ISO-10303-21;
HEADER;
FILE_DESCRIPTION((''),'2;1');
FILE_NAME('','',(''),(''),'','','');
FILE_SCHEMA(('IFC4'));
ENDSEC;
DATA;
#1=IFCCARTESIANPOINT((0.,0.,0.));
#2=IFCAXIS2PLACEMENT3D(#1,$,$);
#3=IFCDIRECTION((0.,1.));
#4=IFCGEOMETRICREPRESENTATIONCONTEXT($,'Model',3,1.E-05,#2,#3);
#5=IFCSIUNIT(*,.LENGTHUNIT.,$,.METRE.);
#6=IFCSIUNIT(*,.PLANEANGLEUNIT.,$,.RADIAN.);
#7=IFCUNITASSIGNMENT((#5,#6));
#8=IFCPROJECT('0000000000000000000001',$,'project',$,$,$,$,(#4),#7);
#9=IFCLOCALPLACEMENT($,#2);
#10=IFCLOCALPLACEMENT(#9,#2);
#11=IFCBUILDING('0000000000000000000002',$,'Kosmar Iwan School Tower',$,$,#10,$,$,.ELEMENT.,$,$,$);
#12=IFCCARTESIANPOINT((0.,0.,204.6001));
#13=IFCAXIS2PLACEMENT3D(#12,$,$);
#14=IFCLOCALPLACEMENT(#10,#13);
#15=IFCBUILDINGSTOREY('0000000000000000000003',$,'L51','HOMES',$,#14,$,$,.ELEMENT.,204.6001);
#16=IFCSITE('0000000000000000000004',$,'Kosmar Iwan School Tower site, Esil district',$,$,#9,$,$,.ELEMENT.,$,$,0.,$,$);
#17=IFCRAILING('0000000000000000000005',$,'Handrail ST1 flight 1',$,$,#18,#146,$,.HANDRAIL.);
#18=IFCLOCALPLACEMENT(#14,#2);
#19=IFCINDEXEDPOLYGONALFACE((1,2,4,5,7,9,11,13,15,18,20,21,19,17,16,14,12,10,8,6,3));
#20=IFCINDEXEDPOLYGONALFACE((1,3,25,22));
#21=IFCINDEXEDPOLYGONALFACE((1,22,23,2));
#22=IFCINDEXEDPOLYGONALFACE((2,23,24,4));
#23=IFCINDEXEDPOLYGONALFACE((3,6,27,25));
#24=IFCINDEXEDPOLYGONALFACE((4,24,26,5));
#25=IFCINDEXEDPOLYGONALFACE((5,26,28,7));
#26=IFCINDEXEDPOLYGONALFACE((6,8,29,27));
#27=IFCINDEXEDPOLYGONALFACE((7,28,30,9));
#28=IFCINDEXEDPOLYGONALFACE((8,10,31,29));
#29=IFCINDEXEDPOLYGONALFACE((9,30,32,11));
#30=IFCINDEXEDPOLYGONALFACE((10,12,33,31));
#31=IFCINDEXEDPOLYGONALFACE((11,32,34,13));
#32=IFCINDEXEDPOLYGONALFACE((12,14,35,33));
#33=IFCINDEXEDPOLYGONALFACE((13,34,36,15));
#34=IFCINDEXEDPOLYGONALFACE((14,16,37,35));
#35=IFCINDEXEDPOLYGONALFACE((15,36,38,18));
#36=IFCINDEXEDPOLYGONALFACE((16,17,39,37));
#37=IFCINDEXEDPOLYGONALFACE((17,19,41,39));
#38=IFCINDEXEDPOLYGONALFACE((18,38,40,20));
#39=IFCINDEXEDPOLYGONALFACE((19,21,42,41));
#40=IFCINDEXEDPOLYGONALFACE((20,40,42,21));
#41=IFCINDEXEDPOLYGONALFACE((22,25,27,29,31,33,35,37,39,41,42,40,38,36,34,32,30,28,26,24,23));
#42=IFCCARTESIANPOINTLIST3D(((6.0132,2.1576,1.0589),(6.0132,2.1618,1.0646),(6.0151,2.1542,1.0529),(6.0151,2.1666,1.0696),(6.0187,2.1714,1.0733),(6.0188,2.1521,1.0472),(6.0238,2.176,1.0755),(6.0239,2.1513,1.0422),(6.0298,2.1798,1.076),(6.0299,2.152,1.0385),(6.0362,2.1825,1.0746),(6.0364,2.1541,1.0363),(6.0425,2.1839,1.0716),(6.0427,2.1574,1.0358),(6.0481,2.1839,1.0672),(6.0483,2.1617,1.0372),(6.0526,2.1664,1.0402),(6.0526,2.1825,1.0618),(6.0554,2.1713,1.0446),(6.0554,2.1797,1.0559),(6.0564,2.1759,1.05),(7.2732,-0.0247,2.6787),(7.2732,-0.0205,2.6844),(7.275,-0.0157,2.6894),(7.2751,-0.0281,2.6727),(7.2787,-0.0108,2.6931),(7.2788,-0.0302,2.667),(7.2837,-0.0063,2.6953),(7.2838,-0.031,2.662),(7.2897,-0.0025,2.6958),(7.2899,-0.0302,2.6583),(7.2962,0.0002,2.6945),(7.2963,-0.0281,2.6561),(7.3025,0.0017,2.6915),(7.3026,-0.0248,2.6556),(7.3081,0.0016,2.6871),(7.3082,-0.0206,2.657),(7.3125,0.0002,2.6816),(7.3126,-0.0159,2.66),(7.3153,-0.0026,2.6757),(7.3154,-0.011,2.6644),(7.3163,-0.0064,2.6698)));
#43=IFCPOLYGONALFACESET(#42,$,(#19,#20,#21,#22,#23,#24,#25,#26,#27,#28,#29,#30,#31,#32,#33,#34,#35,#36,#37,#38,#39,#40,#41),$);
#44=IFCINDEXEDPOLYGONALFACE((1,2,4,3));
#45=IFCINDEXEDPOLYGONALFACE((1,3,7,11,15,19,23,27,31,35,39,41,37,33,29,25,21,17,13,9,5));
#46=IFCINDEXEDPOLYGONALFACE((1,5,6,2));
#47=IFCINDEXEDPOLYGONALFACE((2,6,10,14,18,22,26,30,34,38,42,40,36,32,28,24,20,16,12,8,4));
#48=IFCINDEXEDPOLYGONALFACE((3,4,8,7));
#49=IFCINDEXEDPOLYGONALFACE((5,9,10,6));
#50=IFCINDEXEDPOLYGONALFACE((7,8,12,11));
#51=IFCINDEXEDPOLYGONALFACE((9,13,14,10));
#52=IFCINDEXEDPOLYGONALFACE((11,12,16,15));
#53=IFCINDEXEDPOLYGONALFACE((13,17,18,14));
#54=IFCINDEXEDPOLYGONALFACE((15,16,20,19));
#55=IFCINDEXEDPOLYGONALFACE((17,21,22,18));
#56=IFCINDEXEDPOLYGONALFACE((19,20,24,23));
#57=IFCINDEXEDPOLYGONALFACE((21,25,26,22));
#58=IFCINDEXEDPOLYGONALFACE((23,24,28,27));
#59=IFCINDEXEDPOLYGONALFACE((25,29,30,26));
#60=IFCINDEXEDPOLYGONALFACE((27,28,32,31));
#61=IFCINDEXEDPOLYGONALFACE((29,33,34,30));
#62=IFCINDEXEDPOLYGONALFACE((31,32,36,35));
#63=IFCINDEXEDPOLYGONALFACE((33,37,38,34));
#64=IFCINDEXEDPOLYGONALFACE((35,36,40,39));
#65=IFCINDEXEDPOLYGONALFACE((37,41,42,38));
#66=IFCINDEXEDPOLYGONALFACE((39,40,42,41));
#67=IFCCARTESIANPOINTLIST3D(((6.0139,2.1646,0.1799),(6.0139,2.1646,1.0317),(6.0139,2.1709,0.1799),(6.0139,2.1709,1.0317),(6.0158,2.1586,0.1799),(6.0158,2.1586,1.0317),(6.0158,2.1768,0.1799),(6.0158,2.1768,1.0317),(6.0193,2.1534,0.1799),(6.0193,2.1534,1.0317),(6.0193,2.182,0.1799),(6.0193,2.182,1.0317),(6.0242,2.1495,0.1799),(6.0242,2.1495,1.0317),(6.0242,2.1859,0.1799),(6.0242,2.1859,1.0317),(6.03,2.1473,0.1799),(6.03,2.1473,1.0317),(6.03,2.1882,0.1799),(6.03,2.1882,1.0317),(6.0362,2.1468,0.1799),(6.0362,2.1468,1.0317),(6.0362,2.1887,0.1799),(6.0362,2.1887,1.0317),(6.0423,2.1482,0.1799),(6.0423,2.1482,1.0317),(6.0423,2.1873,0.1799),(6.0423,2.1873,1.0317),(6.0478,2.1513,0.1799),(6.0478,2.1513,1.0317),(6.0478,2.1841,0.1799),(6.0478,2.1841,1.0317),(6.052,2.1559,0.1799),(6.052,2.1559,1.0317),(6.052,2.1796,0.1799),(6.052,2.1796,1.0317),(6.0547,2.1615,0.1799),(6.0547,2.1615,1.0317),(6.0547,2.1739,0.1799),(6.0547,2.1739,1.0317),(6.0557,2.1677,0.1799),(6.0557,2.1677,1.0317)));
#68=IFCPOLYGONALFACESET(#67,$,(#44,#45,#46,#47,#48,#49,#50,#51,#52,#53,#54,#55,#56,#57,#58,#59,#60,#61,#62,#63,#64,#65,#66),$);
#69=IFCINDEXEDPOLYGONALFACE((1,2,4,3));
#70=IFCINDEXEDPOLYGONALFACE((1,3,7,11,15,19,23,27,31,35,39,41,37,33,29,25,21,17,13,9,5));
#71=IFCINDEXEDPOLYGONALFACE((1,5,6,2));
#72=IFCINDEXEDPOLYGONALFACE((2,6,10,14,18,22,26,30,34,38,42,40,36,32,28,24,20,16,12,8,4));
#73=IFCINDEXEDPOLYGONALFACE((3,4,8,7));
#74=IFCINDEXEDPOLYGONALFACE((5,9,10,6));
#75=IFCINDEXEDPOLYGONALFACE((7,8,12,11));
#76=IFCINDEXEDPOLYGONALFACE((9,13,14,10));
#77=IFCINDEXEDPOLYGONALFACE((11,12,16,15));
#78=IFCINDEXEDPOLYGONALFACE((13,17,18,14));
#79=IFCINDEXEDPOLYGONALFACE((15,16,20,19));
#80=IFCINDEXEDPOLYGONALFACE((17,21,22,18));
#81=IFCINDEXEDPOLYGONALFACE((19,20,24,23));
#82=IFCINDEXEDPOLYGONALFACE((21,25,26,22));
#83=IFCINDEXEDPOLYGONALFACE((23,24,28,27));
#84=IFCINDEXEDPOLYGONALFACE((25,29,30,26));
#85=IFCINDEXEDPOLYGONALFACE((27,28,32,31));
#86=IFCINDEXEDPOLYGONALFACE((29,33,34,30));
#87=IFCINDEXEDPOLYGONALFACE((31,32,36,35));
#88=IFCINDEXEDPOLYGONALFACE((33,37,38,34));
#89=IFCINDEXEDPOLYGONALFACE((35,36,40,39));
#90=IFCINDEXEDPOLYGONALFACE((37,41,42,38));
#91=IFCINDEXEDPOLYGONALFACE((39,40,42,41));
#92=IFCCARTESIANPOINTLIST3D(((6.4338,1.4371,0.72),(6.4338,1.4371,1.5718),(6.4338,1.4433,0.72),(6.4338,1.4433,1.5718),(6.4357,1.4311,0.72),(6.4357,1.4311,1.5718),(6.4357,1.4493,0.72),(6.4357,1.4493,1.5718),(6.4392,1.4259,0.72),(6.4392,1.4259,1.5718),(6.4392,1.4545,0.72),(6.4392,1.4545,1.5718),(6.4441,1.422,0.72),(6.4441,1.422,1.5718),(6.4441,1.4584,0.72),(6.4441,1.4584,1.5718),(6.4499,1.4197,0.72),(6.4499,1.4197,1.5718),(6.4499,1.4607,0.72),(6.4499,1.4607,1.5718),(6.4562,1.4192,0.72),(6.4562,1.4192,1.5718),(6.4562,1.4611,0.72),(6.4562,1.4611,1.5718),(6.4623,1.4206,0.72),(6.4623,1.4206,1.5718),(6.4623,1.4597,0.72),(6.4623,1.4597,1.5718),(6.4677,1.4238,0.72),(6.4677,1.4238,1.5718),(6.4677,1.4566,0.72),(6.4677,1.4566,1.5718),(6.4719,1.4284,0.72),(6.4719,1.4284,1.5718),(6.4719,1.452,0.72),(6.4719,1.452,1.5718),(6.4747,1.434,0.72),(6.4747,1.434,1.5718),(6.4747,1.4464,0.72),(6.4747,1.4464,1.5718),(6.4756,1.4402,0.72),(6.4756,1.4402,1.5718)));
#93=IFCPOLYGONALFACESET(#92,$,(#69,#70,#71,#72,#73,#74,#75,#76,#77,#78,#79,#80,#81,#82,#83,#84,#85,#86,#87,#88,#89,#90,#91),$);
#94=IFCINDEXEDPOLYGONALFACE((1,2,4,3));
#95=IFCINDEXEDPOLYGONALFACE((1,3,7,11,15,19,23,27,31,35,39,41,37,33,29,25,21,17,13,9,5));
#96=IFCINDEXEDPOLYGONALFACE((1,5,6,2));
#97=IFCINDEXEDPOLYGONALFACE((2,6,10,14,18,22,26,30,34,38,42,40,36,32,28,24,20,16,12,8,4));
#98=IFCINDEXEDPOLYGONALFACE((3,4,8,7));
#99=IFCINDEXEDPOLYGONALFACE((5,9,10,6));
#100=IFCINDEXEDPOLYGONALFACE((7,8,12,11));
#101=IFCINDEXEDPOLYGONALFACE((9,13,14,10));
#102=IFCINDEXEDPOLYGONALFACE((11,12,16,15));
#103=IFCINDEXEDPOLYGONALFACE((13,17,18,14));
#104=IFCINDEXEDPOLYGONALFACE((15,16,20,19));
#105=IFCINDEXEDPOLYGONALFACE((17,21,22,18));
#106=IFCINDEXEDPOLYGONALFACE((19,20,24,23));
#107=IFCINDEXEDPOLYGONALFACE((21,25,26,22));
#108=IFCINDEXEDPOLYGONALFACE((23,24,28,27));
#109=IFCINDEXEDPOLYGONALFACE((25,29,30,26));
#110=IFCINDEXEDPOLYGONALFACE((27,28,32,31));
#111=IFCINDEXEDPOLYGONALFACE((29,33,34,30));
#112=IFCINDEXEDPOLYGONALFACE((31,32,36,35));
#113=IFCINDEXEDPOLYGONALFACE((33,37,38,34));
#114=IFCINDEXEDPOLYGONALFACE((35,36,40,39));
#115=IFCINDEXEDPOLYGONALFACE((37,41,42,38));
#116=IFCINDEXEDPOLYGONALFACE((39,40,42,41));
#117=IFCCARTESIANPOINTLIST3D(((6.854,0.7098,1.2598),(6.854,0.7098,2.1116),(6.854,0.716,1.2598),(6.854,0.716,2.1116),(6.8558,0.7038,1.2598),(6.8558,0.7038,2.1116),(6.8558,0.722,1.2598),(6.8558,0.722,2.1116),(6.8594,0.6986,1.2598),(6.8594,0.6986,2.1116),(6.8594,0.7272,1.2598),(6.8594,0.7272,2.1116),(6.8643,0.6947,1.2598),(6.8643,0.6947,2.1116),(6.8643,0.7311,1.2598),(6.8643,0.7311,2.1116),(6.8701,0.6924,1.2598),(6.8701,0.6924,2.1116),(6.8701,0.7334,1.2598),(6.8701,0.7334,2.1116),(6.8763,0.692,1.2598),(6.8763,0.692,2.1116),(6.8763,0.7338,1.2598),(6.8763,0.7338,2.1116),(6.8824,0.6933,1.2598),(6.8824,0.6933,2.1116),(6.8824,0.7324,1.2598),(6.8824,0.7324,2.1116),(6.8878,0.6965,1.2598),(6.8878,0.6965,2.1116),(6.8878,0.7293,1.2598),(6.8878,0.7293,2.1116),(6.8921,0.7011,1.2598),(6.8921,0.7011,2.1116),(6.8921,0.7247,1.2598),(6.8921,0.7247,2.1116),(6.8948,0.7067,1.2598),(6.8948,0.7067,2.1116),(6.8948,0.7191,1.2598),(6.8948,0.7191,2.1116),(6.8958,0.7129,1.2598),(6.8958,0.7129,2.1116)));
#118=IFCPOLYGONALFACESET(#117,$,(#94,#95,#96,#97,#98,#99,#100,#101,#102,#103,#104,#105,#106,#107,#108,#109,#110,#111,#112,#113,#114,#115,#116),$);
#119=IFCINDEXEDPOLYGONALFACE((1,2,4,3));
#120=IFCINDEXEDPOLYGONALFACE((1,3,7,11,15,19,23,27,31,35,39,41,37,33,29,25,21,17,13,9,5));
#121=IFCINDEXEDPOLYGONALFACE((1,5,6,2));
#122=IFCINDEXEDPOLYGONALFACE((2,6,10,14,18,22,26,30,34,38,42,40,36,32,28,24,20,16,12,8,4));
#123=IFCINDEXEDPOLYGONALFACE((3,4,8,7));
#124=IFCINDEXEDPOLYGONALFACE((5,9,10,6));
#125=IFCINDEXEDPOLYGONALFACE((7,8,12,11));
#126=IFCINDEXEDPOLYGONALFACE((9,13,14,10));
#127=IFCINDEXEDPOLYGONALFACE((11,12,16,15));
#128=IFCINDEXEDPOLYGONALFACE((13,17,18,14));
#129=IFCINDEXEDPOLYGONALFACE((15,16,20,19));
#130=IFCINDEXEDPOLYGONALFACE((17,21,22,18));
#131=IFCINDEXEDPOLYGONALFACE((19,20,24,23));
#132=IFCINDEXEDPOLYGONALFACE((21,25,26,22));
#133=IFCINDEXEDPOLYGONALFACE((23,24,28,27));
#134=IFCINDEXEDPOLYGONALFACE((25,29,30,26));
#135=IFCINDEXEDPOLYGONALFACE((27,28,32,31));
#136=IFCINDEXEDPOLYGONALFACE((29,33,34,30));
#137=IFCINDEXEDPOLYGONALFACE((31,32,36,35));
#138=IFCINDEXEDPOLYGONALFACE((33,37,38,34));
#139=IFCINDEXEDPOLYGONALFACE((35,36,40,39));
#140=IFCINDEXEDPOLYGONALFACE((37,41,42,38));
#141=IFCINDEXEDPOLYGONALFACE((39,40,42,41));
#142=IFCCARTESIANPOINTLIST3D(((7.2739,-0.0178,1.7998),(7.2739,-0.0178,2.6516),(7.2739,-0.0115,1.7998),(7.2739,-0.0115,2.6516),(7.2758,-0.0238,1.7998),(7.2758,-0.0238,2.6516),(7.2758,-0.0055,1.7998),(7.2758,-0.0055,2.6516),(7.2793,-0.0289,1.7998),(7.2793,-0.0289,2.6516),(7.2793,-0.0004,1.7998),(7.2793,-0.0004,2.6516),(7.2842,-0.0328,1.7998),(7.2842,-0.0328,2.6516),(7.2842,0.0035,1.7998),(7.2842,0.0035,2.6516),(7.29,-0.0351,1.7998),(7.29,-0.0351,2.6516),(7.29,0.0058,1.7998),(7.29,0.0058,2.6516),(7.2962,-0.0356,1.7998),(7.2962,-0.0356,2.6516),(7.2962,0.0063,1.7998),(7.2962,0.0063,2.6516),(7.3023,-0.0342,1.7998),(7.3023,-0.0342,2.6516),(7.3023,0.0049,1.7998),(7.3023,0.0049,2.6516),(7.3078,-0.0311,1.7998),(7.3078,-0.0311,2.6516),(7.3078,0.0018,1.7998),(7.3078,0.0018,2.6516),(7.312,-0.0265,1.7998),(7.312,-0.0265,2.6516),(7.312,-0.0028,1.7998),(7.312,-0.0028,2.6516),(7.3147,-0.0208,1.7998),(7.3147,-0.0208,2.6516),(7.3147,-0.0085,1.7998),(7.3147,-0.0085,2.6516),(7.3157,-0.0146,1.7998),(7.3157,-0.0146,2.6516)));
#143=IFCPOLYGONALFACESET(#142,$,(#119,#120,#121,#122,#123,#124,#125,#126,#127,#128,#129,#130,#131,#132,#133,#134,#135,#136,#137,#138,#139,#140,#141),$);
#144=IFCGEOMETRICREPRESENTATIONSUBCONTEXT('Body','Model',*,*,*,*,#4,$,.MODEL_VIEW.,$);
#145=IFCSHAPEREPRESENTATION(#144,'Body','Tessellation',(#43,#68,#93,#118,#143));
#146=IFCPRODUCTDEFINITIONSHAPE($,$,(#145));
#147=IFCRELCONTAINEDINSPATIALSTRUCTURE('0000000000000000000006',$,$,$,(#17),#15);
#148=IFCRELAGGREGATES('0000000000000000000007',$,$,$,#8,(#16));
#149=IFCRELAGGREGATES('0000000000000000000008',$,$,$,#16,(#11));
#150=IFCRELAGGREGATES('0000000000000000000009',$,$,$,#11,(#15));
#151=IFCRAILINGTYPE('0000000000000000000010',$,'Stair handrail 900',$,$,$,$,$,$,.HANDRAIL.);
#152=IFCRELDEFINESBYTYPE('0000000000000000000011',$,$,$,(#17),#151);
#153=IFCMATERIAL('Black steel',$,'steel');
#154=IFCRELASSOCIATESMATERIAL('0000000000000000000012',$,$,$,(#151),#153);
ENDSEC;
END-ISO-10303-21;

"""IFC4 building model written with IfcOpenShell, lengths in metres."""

from ifc_helpers import new_model, si_unit, direction, frame, origin, origin_2d, place, context, subcontext, project, spatial, circle, extrude, material, type_object, element, save


model = new_model("IFC4")

# Units and contexts
model_context = context("Model", 3, precision=1e-05, world=origin(), true_north=direction((0.0, 1.0)))
body_context = subcontext(model_context, "Body", "Model", "MODEL_VIEW")
ifc_project = project(units=[si_unit("LENGTHUNIT", "METRE"), si_unit("PLANEANGLEUNIT", "RADIAN")], contexts=[model_context])

# Site, building, storey
site_placement = place(None, origin())
site = spatial("IfcSite", under=ifc_project, at=site_placement, Name="Kosmar Iwan School Tower site, Esil district", CompositionType="ELEMENT", RefElevation=0.0)
building_placement = place(site_placement, origin())
building = spatial("IfcBuilding", under=site, at=building_placement, Name="Kosmar Iwan School Tower", CompositionType="ELEMENT")
storey_placement = place(building_placement, frame((0.0, 0.0, 204.6001)))
storey = spatial("IfcBuildingStorey", under=building, at=storey_placement, Name="L51", Description="HOMES", CompositionType="ELEMENT", Elevation=204.6001)

# Railing
ifc_material_1 = material(Name="Black steel", Category="steel")
railing_type = type_object("IfcRailingType", Name="Stair handrail 900", PredefinedType="HANDRAIL", material=ifc_material_1)
railing_1_placement = place(storey_placement, frame((6.0347, 2.1677, 0.1799)))
element("IfcRailing", 1, at=railing_1_placement, inside=storey, type_object=railing_type, Name="Handrail ST1 flight 1", PredefinedType="HANDRAIL", context=body_context, shape_type="SweptSolid", body=[
    extrude(circle(Radius=0.0239, at=origin_2d()), frame((0.0, 0.0, 0.876), z_axis=(0.420603, -0.728496, 0.540728), x_axis=(0.866023, 0.500005, 0.0)), (0.0, 0.0, 1.0), 2.9956),
    extrude(circle(Radius=0.021, at=origin_2d()), origin(), (0.0, 0.0, 1.0), 0.8518),
    extrude(circle(Radius=0.021, at=origin_2d()), frame((0.4199, -0.7275, 0.54)), (0.0, 0.0, 1.0), 0.8518),
    extrude(circle(Radius=0.021, at=origin_2d()), frame((0.8401, -1.4548, 1.0798)), (0.0, 0.0, 1.0), 0.8518),
    extrude(circle(Radius=0.021, at=origin_2d()), frame((1.26, -2.1824, 1.6199)), (0.0, 0.0, 1.0), 0.8518),
])

save(model, "model.ifc")
